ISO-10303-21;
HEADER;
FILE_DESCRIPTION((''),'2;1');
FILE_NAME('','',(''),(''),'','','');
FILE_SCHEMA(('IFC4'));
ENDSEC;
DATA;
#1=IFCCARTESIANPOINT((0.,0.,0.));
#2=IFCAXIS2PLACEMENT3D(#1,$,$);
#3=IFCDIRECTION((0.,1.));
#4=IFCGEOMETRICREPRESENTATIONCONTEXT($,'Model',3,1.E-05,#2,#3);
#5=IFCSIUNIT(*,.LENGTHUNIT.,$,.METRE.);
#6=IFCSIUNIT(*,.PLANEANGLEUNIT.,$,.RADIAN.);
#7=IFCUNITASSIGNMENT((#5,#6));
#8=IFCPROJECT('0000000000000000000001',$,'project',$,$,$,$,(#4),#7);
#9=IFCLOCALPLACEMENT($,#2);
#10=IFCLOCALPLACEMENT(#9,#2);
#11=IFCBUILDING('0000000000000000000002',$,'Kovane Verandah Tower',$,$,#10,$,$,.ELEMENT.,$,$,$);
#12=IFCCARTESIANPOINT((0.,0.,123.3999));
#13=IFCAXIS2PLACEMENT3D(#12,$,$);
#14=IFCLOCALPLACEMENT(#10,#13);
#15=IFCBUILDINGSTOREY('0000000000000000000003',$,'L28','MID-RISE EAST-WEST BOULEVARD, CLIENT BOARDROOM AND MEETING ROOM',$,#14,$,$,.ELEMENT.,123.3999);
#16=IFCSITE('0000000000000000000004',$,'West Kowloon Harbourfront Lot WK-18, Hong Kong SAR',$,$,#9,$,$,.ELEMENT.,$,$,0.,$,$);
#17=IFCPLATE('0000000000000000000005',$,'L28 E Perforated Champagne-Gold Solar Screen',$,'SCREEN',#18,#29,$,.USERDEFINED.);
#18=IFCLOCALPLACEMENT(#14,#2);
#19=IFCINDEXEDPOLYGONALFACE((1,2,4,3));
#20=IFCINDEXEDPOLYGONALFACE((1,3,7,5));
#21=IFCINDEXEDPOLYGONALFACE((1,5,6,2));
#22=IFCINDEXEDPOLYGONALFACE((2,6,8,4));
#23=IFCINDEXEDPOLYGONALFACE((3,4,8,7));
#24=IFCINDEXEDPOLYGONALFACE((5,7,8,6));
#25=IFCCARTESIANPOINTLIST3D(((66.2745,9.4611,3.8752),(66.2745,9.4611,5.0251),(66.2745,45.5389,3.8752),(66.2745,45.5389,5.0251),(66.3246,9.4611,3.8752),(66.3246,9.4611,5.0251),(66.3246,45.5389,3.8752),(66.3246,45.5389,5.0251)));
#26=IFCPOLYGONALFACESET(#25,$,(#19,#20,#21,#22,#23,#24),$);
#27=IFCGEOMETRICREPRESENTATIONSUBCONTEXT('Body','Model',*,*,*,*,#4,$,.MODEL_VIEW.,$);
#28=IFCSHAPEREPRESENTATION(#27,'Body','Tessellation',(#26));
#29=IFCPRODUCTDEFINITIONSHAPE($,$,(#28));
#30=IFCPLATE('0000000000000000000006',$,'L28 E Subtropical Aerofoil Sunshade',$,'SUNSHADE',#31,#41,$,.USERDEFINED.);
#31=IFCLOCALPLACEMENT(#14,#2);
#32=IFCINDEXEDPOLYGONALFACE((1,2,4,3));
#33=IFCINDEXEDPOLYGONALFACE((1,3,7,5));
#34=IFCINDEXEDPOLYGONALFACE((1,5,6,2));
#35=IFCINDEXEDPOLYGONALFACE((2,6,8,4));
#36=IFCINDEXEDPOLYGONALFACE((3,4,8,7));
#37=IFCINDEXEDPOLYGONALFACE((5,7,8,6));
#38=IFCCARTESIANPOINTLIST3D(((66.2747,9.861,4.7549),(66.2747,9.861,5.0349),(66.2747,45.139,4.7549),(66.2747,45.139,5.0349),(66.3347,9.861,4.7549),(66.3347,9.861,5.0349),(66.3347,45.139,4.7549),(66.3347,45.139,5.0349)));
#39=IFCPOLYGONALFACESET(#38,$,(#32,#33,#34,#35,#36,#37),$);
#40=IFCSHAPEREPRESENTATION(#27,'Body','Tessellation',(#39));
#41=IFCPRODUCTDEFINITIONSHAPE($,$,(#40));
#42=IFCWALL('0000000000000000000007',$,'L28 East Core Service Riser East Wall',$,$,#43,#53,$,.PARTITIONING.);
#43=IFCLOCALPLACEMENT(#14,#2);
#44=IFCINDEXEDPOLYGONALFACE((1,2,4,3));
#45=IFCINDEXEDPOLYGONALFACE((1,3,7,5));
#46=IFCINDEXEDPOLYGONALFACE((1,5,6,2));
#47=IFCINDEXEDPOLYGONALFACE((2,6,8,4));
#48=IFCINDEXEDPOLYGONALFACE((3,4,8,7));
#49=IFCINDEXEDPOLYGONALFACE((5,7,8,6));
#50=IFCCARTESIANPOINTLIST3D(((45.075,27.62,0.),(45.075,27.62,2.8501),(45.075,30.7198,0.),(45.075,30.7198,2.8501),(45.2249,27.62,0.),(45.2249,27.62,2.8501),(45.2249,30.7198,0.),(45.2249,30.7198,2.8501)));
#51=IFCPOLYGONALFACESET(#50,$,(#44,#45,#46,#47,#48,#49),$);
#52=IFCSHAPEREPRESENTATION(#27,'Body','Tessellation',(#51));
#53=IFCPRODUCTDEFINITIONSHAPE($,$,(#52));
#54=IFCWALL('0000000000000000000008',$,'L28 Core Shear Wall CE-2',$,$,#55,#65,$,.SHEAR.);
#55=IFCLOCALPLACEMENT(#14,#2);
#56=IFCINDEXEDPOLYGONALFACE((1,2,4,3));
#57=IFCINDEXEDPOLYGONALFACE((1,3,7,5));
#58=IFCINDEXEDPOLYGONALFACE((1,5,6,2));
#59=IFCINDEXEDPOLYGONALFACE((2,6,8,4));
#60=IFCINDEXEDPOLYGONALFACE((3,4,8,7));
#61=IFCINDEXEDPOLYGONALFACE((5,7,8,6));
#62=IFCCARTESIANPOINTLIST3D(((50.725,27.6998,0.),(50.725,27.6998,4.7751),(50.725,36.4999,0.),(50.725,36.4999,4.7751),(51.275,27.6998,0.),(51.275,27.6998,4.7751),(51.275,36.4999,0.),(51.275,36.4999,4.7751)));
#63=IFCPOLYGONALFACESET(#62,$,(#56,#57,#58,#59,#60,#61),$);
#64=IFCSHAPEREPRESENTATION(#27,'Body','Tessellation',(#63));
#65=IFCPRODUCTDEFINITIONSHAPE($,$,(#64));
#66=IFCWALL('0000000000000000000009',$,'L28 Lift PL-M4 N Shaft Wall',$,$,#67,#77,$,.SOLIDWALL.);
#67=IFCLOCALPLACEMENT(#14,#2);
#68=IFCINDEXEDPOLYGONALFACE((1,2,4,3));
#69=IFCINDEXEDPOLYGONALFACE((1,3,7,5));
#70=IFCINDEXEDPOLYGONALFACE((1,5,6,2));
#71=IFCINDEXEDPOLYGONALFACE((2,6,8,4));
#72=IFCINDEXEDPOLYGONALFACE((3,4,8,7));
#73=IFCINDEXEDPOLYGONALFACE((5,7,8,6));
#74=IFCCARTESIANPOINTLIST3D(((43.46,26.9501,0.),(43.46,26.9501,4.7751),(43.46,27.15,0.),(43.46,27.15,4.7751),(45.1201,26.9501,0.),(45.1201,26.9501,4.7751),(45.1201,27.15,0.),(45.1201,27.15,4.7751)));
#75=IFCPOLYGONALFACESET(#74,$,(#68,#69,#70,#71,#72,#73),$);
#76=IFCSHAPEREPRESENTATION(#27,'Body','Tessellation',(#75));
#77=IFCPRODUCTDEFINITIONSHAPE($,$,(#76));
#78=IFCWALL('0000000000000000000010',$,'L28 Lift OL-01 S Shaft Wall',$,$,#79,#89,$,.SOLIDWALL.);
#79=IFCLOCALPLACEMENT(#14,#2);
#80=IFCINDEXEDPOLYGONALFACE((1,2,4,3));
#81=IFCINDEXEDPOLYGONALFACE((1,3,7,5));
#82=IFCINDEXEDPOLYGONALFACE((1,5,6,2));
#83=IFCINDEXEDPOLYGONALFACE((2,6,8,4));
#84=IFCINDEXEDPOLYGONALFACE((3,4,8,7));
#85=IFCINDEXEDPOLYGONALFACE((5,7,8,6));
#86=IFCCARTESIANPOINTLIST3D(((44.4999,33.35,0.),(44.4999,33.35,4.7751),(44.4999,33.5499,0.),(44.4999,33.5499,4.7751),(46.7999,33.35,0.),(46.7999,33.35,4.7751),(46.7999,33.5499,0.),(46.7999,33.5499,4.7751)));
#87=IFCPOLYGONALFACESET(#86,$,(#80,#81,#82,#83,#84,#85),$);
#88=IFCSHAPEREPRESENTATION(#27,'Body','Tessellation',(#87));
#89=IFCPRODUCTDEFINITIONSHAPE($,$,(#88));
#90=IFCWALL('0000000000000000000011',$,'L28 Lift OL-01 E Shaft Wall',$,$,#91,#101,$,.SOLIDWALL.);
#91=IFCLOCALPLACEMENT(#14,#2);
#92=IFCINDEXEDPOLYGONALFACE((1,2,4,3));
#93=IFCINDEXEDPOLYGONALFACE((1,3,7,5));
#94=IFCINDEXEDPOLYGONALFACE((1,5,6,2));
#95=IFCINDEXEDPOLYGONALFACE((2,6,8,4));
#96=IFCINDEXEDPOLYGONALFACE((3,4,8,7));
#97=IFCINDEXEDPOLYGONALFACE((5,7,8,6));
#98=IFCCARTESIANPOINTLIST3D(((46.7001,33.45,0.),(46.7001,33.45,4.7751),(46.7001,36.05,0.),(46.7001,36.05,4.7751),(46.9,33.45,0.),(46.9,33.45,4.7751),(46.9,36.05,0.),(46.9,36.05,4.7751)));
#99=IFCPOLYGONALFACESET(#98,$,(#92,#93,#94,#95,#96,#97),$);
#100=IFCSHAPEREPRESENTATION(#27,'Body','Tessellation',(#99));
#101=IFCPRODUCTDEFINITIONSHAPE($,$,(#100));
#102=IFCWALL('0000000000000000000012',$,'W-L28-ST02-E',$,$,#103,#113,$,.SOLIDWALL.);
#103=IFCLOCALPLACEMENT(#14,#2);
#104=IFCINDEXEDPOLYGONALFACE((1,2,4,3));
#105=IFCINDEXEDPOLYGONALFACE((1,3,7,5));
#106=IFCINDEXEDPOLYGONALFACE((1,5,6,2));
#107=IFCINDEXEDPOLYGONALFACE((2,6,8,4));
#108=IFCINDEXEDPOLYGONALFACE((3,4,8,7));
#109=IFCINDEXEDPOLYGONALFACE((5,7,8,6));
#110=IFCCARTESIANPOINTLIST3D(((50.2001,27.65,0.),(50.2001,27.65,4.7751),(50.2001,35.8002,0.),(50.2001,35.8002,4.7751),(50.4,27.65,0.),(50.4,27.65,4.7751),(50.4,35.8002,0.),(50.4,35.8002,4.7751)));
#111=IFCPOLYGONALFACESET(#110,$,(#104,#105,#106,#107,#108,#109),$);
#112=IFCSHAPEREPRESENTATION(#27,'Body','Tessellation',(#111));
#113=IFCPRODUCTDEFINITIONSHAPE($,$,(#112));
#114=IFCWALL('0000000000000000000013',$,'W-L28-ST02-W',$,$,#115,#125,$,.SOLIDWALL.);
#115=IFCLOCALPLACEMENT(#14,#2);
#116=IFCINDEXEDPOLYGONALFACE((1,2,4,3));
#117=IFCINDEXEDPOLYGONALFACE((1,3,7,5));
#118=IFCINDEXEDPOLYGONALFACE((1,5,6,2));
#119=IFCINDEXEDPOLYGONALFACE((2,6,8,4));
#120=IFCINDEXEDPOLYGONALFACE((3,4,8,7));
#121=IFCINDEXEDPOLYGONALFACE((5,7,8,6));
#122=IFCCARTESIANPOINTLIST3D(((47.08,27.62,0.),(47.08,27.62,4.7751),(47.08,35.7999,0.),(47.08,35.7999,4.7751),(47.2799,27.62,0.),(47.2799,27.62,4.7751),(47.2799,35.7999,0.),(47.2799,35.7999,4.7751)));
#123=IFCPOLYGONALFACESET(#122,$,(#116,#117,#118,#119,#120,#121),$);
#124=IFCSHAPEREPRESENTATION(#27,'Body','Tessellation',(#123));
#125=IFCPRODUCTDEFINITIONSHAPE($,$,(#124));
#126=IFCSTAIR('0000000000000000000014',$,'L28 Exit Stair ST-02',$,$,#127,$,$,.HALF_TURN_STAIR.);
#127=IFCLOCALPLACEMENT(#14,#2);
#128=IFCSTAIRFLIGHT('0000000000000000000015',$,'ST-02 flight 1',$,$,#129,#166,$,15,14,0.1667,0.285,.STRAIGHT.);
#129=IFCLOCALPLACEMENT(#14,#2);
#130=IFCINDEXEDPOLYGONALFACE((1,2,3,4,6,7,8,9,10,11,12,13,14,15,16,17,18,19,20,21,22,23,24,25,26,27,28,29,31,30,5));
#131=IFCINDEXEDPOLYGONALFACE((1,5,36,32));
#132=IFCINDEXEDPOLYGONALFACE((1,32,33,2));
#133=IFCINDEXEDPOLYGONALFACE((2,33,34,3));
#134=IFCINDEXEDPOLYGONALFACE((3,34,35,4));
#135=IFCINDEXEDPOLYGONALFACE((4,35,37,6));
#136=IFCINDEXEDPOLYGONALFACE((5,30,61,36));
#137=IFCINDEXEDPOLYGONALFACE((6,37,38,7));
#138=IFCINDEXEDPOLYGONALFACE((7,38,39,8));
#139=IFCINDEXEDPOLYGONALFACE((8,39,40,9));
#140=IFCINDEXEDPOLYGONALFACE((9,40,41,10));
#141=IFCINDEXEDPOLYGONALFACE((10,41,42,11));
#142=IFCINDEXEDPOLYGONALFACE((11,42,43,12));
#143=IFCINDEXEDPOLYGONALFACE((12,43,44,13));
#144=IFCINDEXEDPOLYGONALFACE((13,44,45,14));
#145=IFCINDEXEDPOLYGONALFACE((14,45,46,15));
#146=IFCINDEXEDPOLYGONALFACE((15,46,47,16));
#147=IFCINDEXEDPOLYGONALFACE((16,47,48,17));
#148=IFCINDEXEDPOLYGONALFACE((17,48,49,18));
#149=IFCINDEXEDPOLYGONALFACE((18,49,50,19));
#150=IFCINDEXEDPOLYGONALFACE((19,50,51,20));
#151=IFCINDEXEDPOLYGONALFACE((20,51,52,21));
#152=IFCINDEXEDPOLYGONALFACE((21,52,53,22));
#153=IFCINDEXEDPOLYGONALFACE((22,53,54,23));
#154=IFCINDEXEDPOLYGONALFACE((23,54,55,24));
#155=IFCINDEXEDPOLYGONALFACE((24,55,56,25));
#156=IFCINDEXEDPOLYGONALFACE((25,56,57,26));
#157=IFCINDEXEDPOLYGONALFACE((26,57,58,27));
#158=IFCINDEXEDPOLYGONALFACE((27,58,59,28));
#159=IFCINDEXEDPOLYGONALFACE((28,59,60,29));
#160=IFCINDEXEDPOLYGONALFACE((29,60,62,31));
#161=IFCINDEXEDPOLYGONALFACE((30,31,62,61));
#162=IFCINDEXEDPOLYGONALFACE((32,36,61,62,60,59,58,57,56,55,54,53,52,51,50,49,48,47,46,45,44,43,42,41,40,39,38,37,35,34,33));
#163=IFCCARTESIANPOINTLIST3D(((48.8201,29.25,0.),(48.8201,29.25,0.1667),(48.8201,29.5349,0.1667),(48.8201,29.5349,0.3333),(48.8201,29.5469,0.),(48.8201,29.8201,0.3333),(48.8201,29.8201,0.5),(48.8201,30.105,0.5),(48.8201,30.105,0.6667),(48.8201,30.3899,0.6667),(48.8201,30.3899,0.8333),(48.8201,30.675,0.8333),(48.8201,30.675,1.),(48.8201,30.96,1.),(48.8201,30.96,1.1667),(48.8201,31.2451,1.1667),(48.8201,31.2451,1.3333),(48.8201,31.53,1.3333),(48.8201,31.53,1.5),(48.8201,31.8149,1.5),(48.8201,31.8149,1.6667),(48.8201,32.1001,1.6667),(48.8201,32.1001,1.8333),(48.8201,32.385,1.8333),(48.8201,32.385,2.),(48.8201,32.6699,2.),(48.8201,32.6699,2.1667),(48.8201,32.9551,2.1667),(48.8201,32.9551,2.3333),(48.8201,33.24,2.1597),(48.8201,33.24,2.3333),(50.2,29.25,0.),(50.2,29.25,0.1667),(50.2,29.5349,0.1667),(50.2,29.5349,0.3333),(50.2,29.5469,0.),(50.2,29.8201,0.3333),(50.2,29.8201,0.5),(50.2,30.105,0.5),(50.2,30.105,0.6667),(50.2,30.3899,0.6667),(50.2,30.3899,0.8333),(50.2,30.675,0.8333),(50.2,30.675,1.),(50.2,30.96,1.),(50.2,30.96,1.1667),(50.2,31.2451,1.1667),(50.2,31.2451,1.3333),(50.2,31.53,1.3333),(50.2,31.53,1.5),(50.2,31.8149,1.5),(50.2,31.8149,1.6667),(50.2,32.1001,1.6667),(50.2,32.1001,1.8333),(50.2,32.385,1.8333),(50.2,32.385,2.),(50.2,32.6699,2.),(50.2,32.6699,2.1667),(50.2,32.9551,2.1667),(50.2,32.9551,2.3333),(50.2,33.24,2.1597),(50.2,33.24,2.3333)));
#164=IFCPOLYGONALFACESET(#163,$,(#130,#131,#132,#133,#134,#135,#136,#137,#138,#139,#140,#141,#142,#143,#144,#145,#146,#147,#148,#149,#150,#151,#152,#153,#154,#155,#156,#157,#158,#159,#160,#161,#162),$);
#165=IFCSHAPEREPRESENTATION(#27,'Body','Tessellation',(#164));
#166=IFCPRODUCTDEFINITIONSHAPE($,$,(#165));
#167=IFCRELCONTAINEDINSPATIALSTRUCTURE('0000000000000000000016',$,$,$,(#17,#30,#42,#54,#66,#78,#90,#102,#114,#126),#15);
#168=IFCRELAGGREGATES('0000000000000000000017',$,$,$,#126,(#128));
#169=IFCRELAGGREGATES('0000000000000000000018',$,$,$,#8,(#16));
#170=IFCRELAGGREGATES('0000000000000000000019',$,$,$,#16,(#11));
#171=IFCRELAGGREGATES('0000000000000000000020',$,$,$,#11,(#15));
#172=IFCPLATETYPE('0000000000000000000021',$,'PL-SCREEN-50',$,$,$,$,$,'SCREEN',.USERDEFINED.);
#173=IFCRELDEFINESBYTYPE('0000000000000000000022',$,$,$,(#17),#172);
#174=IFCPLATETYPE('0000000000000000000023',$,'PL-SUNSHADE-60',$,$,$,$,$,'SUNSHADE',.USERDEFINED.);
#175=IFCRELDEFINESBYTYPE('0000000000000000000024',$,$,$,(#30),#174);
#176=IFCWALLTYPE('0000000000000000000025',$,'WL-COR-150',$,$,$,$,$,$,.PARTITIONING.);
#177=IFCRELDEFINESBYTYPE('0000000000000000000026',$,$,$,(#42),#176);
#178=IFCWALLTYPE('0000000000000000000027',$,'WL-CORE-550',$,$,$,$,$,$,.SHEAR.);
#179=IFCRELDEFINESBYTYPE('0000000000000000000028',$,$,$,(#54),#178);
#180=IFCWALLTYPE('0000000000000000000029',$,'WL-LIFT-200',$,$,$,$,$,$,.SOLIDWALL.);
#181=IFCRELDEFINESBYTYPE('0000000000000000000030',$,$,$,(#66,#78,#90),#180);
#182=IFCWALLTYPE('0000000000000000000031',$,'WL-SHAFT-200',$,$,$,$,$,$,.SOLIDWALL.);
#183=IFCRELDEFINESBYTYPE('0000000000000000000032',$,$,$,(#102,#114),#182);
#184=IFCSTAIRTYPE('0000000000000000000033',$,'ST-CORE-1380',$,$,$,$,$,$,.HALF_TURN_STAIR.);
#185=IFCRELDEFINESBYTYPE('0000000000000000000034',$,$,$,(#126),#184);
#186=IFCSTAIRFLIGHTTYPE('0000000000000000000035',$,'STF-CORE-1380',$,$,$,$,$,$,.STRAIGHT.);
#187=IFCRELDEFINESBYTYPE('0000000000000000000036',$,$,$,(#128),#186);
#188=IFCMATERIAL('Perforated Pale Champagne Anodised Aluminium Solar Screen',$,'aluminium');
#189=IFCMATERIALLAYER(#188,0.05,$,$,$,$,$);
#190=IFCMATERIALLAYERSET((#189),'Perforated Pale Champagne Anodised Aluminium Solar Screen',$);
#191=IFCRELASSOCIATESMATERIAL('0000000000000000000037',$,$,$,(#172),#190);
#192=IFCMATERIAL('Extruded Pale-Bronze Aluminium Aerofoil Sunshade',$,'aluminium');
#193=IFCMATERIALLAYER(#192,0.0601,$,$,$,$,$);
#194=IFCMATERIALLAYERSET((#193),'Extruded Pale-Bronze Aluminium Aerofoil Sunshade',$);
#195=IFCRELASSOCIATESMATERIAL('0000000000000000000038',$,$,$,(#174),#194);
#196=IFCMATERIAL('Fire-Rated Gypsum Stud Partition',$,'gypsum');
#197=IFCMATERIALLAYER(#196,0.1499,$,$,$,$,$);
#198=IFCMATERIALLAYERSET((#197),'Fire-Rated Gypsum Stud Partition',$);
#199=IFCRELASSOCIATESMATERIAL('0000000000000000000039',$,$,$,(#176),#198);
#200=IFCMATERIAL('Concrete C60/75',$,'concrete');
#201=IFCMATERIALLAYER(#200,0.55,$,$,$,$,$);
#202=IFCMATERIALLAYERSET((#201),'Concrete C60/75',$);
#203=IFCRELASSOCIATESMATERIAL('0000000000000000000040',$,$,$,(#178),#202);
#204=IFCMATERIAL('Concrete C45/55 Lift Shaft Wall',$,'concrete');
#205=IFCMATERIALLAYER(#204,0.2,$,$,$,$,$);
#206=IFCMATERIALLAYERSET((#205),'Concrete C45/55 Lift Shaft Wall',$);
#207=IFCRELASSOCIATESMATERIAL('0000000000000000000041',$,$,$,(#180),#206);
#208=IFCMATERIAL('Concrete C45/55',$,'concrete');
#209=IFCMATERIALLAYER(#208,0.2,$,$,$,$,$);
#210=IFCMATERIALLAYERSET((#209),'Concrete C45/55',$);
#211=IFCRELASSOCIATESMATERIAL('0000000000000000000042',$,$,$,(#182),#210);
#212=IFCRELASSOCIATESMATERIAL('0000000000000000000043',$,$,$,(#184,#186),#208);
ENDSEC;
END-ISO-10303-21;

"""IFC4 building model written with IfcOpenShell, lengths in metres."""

from ifc_helpers import new_model, si_unit, direction, frame, frame_2d, origin, origin_2d, place, context, subcontext, project, spatial, polyline, rectangle, outline, extrude, material, layer, layer_set, type_object, element, aggregate, save


model = new_model("IFC4")

# Units and contexts
model_context = context("Model", 3, precision=1e-05, world=origin(), true_north=direction((0.0, 1.0)))
body_context = subcontext(model_context, "Body", "Model", "MODEL_VIEW")
ifc_project = project(units=[si_unit("LENGTHUNIT", "METRE"), si_unit("PLANEANGLEUNIT", "RADIAN")], contexts=[model_context])

# Site, building, storey
site_placement = place(None, origin())
site = spatial("IfcSite", under=ifc_project, at=site_placement, Name="West Kowloon Harbourfront Lot WK-18, Hong Kong SAR", CompositionType="ELEMENT", RefElevation=0.0)
building_placement = place(site_placement, origin())
building = spatial("IfcBuilding", under=site, at=building_placement, Name="Kovane Verandah Tower", CompositionType="ELEMENT")
storey_placement = place(building_placement, frame((0.0, 0.0, 123.3999)))
storey = spatial("IfcBuildingStorey", under=building, at=storey_placement, Name="L28", Description="MID-RISE EAST-WEST BOULEVARD, CLIENT BOARDROOM AND MEETING ROOM", CompositionType="ELEMENT", Elevation=123.3999)

# Plates
ifc_material_1 = material(Name="Perforated Pale Champagne Anodised Aluminium Solar Screen", Category="aluminium")
ifc_layer_1 = layer(ifc_material_1, 0.05)
ifc_layer_set_1 = layer_set([ifc_layer_1], Name="Perforated Pale Champagne Anodised Aluminium Solar Screen")
plate_type_1 = type_object("IfcPlateType", Name="PL-SCREEN-50", ElementType="SCREEN", PredefinedType="USERDEFINED", material=ifc_layer_set_1)
plate_1_placement = place(storey_placement, frame((66.2996, 27.5, 3.8752), z_axis=(0.0, 0.0, 1.0), x_axis=(0.0, 1.0, 0.0)))
element("IfcPlate", 1, at=plate_1_placement, inside=storey, type_object=plate_type_1, Name="L28 E Perforated Champagne-Gold Solar Screen", ObjectType="SCREEN", PredefinedType="USERDEFINED", context=body_context, shape_type="SweptSolid", body=[
    extrude(rectangle(XDim=36.0779, YDim=0.05, at=origin_2d()), origin(), (0.0, 0.0, 1.0), 1.1499),
])
ifc_material_2 = material(Name="Extruded Pale-Bronze Aluminium Aerofoil Sunshade", Category="aluminium")
ifc_layer_2 = layer(ifc_material_2, 0.0601)
ifc_layer_set_2 = layer_set([ifc_layer_2], Name="Extruded Pale-Bronze Aluminium Aerofoil Sunshade")
plate_type_2 = type_object("IfcPlateType", Name="PL-SUNSHADE-60", ElementType="SUNSHADE", PredefinedType="USERDEFINED", material=ifc_layer_set_2)
plate_2_placement = place(storey_placement, frame((66.3047, 27.5, 4.7549), z_axis=(0.0, 0.0, 1.0), x_axis=(0.0, 1.0, 0.0)))
element("IfcPlate", 2, at=plate_2_placement, inside=storey, type_object=plate_type_2, Name="L28 E Subtropical Aerofoil Sunshade", ObjectType="SUNSHADE", PredefinedType="USERDEFINED", context=body_context, shape_type="SweptSolid", body=[
    extrude(rectangle(XDim=35.2781, YDim=0.0601, at=origin_2d()), origin(), (0.0, 0.0, 1.0), 0.28),
])

# Walls
ifc_material_3 = material(Name="Fire-Rated Gypsum Stud Partition", Category="gypsum")
ifc_layer_3 = layer(ifc_material_3, 0.1499)
ifc_layer_set_3 = layer_set([ifc_layer_3], Name="Fire-Rated Gypsum Stud Partition")
wall_type_1 = type_object("IfcWallType", Name="WL-COR-150", PredefinedType="PARTITIONING", material=ifc_layer_set_3)
wall_1_placement = place(storey_placement, frame((45.1499, 27.6201, 0.0), z_axis=(0.0, 0.0, 1.0), x_axis=(0.0, 1.0, 0.0)))
element("IfcWall", 3, at=wall_1_placement, inside=storey, type_object=wall_type_1, Name="L28 East Core Service Riser East Wall", PredefinedType="PARTITIONING", context=body_context, shape_type="SweptSolid", body=[
    extrude(rectangle(XDim=3.0999, YDim=0.1499, at=frame_2d((1.5498, 0.0))), origin(), (0.0, 0.0, 1.0), 2.8501),
])
ifc_material_4 = material(Name="Concrete C60/75", Category="concrete")
ifc_layer_4 = layer(ifc_material_4, 0.55)
ifc_layer_set_4 = layer_set([ifc_layer_4], Name="Concrete C60/75")
wall_type_2 = type_object("IfcWallType", Name="WL-CORE-550", PredefinedType="SHEAR", material=ifc_layer_set_4)
wall_2_placement = place(storey_placement, frame((51.0, 27.7, 0.0), z_axis=(0.0, 0.0, 1.0), x_axis=(0.0, 1.0, 0.0)))
element("IfcWall", 4, at=wall_2_placement, inside=storey, type_object=wall_type_2, Name="L28 Core Shear Wall CE-2", PredefinedType="SHEAR", context=body_context, shape_type="SweptSolid", body=[
    extrude(rectangle(XDim=8.8, YDim=0.55, at=frame_2d((4.3999, 0.0))), origin(), (0.0, 0.0, 1.0), 4.7751),
])

# Walls
ifc_material_5 = material(Name="Concrete C45/55 Lift Shaft Wall", Category="concrete")
ifc_layer_5 = layer(ifc_material_5, 0.2)
ifc_layer_set_5 = layer_set([ifc_layer_5], Name="Concrete C45/55 Lift Shaft Wall")
wall_type_3 = type_object("IfcWallType", Name="WL-LIFT-200", PredefinedType="SOLIDWALL", material=ifc_layer_set_5)
wall_3_placement = place(storey_placement, frame((45.1201, 27.05, 0.0), z_axis=(0.0, 0.0, 1.0), x_axis=(-1.0, 0.0, 0.0)))
element("IfcWall", 5, at=wall_3_placement, inside=storey, type_object=wall_type_3, Name="L28 Lift PL-M4 N Shaft Wall", PredefinedType="SOLIDWALL", context=body_context, shape_type="SweptSolid", body=[
    extrude(rectangle(XDim=1.6602, YDim=0.2, at=frame_2d((0.8301, 0.0))), origin(), (0.0, 0.0, 1.0), 4.7751),
])
wall_4_placement = place(storey_placement, frame((44.5, 33.45, 0.0), z_axis=(0.0, 0.0, 1.0), x_axis=(1.0, 0.0, 0.0)))
element("IfcWall", 6, at=wall_4_placement, inside=storey, type_object=wall_type_3, Name="L28 Lift OL-01 S Shaft Wall", PredefinedType="SOLIDWALL", context=body_context, shape_type="SweptSolid", body=[
    extrude(rectangle(XDim=2.3, YDim=0.2, at=frame_2d((1.1499, 0.0))), origin(), (0.0, 0.0, 1.0), 4.7751),
])
wall_5_placement = place(storey_placement, frame((46.8, 33.45, 0.0), z_axis=(0.0, 0.0, 1.0), x_axis=(0.0, 1.0, 0.0)))
element("IfcWall", 7, at=wall_5_placement, inside=storey, type_object=wall_type_3, Name="L28 Lift OL-01 E Shaft Wall", PredefinedType="SOLIDWALL", context=body_context, shape_type="SweptSolid", body=[
    extrude(rectangle(XDim=2.6001, YDim=0.2, at=frame_2d((1.3, 0.0))), origin(), (0.0, 0.0, 1.0), 4.7751),
])
ifc_material_6 = material(Name="Concrete C45/55", Category="concrete")
ifc_layer_6 = layer(ifc_material_6, 0.2)
ifc_layer_set_6 = layer_set([ifc_layer_6], Name="Concrete C45/55")
wall_type_4 = type_object("IfcWallType", Name="WL-SHAFT-200", PredefinedType="SOLIDWALL", material=ifc_layer_set_6)
wall_6_placement = place(storey_placement, frame((50.3, 27.6499, 0.0), z_axis=(0.0, 0.0, 1.0), x_axis=(0.0, 1.0, 0.0)))
element("IfcWall", 8, at=wall_6_placement, inside=storey, type_object=wall_type_4, Name="W-L28-ST02-E", PredefinedType="SOLIDWALL", context=body_context, shape_type="SweptSolid", body=[
    extrude(rectangle(XDim=8.1501, YDim=0.2, at=frame_2d((4.0752, 0.0))), origin(), (0.0, 0.0, 1.0), 4.7751),
])
wall_7_placement = place(storey_placement, frame((47.1799, 27.6201, 0.0), z_axis=(0.0, 0.0, 1.0), x_axis=(0.0, 1.0, 0.0)))
element("IfcWall", 9, at=wall_7_placement, inside=storey, type_object=wall_type_4, Name="W-L28-ST02-W", PredefinedType="SOLIDWALL", context=body_context, shape_type="SweptSolid", body=[
    extrude(rectangle(XDim=8.1799, YDim=0.2, at=frame_2d((4.0898, 0.0))), origin(), (0.0, 0.0, 1.0), 4.7751),
])

# Stair, stair flight
stair_type = type_object("IfcStairType", Name="ST-CORE-1380", PredefinedType="HALF_TURN_STAIR", material=ifc_material_6)
stair_placement = place(storey_placement, origin())
stair = element("IfcStair", 10, at=stair_placement, inside=storey, type_object=stair_type, Name="L28 Exit Stair ST-02", PredefinedType="HALF_TURN_STAIR")
stair_flight_type = type_object("IfcStairFlightType", Name="STF-CORE-1380", PredefinedType="STRAIGHT", material=ifc_material_6)
stair_flight_1_placement = place(storey_placement, frame((49.51, 29.25, 0.0), z_axis=(0.0, 0.0, 1.0), x_axis=(0.0, 1.0, 0.0)))
stair_flight_1 = element("IfcStairFlight", 11, at=stair_flight_1_placement, type_object=stair_flight_type, Name="ST-02 flight 1", NumberOfRisers=15, NumberOfTreads=14, PredefinedType="STRAIGHT", RiserHeight=0.1667, TreadLength=0.285, context=body_context, shape_type="SweptSolid", body=[
    extrude(outline(polyline([(0.0, 0.0), (0.0, 0.1667), (0.2849, 0.1667), (0.2849, 0.3333), (0.5701, 0.3333), (0.5701, 0.5), (0.855, 0.5), (0.855, 0.6667), (1.1399, 0.6667), (1.1399, 0.8333), (1.425, 0.8333), (1.425, 1.0), (1.71, 1.0), (1.71, 1.1667), (1.9951, 1.1667), (1.9951, 1.3333), (2.28, 1.3333), (2.28, 1.5), (2.5649, 1.5), (2.5649, 1.6667), (2.8501, 1.6667), (2.8501, 1.8333), (3.135, 1.8333), (3.135, 2.0), (3.4199, 2.0), (3.4199, 2.1667), (3.7051, 2.1667), (3.7051, 2.3333), (3.99, 2.3333), (3.99, 2.5), (3.99, 2.1597), (0.2969, 0.0), (0.0, 0.0)])), frame((0.0, 0.6899, 0.0), z_axis=(0.0, -1.0, 0.0), x_axis=(1.0, 0.0, 0.0)), (0.0, 0.0, 1.0), 1.3799),
])
aggregate(stair, [stair_flight_1])

save(model, "model.ifc")
